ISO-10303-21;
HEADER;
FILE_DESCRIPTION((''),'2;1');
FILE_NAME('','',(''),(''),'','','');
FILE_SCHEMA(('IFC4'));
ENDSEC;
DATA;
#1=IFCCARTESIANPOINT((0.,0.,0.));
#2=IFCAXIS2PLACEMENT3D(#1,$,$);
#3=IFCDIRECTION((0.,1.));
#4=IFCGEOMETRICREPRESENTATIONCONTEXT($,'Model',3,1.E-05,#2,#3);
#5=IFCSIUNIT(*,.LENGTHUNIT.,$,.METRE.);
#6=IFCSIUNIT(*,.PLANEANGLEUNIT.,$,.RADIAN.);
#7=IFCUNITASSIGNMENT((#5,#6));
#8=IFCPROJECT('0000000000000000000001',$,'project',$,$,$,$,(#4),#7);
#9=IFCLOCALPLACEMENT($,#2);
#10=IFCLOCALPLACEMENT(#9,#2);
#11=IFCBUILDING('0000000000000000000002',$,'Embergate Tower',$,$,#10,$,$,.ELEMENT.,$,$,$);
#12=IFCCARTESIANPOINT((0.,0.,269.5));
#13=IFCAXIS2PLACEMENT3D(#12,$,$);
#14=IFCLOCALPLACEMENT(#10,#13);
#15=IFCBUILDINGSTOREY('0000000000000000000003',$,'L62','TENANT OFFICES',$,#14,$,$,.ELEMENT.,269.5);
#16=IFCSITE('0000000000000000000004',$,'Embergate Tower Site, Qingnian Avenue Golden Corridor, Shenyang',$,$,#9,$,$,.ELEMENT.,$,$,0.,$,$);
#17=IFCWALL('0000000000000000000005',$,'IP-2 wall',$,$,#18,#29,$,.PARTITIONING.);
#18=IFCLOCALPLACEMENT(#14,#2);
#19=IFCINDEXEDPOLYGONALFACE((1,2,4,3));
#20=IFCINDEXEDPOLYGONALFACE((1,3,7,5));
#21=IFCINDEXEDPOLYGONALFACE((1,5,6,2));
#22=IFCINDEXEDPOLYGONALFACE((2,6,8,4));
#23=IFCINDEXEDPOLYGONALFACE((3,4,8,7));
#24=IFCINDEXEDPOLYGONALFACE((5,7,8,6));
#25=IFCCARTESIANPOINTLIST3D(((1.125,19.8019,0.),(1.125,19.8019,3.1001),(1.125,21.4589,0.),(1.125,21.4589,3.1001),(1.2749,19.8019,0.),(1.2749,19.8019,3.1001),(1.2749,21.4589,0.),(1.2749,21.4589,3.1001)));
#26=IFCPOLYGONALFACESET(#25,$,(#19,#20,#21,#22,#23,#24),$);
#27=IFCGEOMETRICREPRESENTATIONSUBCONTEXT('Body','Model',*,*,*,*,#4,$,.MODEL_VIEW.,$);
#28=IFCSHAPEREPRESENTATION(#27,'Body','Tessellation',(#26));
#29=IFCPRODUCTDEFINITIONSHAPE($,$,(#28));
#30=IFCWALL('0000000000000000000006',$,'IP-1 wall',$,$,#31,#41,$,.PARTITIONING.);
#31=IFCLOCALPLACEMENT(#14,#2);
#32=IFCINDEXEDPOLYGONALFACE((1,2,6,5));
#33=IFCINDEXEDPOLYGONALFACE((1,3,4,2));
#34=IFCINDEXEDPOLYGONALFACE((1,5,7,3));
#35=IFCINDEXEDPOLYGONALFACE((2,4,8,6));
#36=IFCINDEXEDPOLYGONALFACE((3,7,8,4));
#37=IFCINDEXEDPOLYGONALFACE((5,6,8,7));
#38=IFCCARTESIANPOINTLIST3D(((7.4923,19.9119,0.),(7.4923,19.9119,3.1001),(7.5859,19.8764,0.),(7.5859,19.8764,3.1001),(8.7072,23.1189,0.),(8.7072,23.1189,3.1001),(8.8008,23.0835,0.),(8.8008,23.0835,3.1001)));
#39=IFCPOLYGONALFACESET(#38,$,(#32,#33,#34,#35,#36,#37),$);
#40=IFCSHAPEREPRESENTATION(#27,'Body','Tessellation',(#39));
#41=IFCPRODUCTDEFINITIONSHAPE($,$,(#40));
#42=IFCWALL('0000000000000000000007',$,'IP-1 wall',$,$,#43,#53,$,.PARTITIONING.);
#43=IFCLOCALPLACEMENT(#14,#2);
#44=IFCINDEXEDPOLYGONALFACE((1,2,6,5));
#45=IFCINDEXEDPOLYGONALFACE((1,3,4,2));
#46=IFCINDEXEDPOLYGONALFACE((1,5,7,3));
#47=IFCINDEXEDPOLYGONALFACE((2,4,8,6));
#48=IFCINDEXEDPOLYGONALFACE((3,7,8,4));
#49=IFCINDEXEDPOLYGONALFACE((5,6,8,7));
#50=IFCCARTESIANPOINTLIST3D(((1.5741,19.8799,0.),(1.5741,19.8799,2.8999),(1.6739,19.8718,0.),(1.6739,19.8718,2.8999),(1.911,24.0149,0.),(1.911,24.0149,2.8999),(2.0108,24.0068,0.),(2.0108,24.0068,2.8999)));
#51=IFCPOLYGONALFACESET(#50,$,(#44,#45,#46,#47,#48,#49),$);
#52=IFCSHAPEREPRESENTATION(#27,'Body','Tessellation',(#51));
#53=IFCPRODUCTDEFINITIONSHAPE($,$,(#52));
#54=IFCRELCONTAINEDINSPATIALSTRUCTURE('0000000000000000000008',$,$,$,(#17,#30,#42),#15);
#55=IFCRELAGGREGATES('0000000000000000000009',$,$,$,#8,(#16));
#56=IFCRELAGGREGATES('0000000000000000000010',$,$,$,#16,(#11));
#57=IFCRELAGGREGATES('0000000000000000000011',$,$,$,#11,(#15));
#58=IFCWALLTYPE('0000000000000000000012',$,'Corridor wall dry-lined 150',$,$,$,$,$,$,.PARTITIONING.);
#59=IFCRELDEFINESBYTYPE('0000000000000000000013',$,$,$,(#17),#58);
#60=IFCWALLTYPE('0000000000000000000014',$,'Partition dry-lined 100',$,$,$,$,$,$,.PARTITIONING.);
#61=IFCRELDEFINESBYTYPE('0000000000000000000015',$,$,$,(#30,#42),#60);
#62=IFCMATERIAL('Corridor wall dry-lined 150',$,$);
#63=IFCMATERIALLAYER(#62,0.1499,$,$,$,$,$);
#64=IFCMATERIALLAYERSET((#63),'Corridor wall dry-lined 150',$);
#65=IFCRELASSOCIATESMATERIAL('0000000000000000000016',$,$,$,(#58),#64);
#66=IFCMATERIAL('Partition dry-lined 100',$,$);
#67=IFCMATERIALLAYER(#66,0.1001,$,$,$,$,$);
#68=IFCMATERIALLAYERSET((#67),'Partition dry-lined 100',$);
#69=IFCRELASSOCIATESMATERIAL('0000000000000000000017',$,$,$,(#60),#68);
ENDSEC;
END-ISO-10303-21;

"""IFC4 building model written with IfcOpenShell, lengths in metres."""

from ifc_helpers import new_model, si_unit, direction, frame, frame_2d, origin, place, context, subcontext, project, spatial, rectangle, extrude, source, transform, mapped, material, layer, layer_set, type_object, element, save


model = new_model("IFC4")

# Units and contexts
model_context = context("Model", 3, precision=1e-05, world=origin(), true_north=direction((0.0, 1.0)))
body_context = subcontext(model_context, "Body", "Model", "MODEL_VIEW")
ifc_project = project(units=[si_unit("LENGTHUNIT", "METRE"), si_unit("PLANEANGLEUNIT", "RADIAN")], contexts=[model_context])

# Site, building, storey
site_placement = place(None, origin())
site = spatial("IfcSite", under=ifc_project, at=site_placement, Name="Embergate Tower Site, Qingnian Avenue Golden Corridor, Shenyang", CompositionType="ELEMENT", RefElevation=0.0)
building_placement = place(site_placement, origin())
building = spatial("IfcBuilding", under=site, at=building_placement, Name="Embergate Tower", CompositionType="ELEMENT")
storey_placement = place(building_placement, frame((0.0, 0.0, 269.5)))
storey = spatial("IfcBuildingStorey", under=building, at=storey_placement, Name="L62", Description="TENANT OFFICES", CompositionType="ELEMENT", Elevation=269.5)

# Shared definitions
ifc_material_1 = material(Name="Corridor wall dry-lined 150")
ifc_layer_1 = layer(ifc_material_1, 0.1499)
ifc_layer_set_1 = layer_set([ifc_layer_1], Name="Corridor wall dry-lined 150")
wall_type_1 = type_object("IfcWallType", Name="Corridor wall dry-lined 150", PredefinedType="PARTITIONING", material=ifc_layer_set_1)

# Walls
shared_shape_1 = source(origin(), body_context, "Body", "SweptSolid", [
    extrude(rectangle(XDim=1.657, YDim=0.1499, at=frame_2d((0.8286, 0.0))), origin(), (0.0, 0.0, 1.0), 3.1001),
])
wall_1_placement = place(storey_placement, frame((1.2, 21.459, 0.0), z_axis=(0.0, 0.0, 1.0), x_axis=(0.0, -1.0, 0.0)))
element("IfcWall", 1, at=wall_1_placement, inside=storey, type_object=wall_type_1, Name="IP-2 wall", PredefinedType="PARTITIONING", context=body_context, shape_type="MappedRepresentation", body=[
    mapped(shared_shape_1, transform((0.0, 0.0, 0.0))),
])
ifc_material_2 = material(Name="Partition dry-lined 100")
ifc_layer_2 = layer(ifc_material_2, 0.1001)
ifc_layer_set_2 = layer_set([ifc_layer_2], Name="Partition dry-lined 100")
wall_type_2 = type_object("IfcWallType", Name="Partition dry-lined 100", PredefinedType="PARTITIONING", material=ifc_layer_set_2)
shared_shape_2 = source(origin(), body_context, "Body", "SweptSolid", [
    extrude(rectangle(XDim=3.4294, YDim=0.1001, at=frame_2d((1.7148, 0.0))), origin(), (0.0, 0.0, 1.0), 3.1001),
])
wall_2_placement = place(storey_placement, frame((7.5391, 19.894, 0.0), z_axis=(0.0, 0.0, 1.0), x_axis=(0.354242, 0.935154, 0.0)))
element("IfcWall", 2, at=wall_2_placement, inside=storey, type_object=wall_type_2, Name="IP-1 wall", PredefinedType="PARTITIONING", context=body_context, shape_type="MappedRepresentation", body=[
    mapped(shared_shape_2, transform((0.0, 0.0, 0.0))),
])
shared_shape_3 = source(origin(), body_context, "Body", "SweptSolid", [
    extrude(rectangle(XDim=4.1487, YDim=0.1001, at=frame_2d((2.0742, 0.0))), origin(), (0.0, 0.0, 1.0), 2.8999),
])
wall_3_placement = place(storey_placement, frame((1.624, 19.876, 0.0), z_axis=(0.0, 0.0, 1.0), x_axis=(0.081209, 0.996697, 0.0)))
element("IfcWall", 3, at=wall_3_placement, inside=storey, type_object=wall_type_2, Name="IP-1 wall", PredefinedType="PARTITIONING", context=body_context, shape_type="MappedRepresentation", body=[
    mapped(shared_shape_3, transform((0.0, 0.0, 0.0))),
])

save(model, "model.ifc")
